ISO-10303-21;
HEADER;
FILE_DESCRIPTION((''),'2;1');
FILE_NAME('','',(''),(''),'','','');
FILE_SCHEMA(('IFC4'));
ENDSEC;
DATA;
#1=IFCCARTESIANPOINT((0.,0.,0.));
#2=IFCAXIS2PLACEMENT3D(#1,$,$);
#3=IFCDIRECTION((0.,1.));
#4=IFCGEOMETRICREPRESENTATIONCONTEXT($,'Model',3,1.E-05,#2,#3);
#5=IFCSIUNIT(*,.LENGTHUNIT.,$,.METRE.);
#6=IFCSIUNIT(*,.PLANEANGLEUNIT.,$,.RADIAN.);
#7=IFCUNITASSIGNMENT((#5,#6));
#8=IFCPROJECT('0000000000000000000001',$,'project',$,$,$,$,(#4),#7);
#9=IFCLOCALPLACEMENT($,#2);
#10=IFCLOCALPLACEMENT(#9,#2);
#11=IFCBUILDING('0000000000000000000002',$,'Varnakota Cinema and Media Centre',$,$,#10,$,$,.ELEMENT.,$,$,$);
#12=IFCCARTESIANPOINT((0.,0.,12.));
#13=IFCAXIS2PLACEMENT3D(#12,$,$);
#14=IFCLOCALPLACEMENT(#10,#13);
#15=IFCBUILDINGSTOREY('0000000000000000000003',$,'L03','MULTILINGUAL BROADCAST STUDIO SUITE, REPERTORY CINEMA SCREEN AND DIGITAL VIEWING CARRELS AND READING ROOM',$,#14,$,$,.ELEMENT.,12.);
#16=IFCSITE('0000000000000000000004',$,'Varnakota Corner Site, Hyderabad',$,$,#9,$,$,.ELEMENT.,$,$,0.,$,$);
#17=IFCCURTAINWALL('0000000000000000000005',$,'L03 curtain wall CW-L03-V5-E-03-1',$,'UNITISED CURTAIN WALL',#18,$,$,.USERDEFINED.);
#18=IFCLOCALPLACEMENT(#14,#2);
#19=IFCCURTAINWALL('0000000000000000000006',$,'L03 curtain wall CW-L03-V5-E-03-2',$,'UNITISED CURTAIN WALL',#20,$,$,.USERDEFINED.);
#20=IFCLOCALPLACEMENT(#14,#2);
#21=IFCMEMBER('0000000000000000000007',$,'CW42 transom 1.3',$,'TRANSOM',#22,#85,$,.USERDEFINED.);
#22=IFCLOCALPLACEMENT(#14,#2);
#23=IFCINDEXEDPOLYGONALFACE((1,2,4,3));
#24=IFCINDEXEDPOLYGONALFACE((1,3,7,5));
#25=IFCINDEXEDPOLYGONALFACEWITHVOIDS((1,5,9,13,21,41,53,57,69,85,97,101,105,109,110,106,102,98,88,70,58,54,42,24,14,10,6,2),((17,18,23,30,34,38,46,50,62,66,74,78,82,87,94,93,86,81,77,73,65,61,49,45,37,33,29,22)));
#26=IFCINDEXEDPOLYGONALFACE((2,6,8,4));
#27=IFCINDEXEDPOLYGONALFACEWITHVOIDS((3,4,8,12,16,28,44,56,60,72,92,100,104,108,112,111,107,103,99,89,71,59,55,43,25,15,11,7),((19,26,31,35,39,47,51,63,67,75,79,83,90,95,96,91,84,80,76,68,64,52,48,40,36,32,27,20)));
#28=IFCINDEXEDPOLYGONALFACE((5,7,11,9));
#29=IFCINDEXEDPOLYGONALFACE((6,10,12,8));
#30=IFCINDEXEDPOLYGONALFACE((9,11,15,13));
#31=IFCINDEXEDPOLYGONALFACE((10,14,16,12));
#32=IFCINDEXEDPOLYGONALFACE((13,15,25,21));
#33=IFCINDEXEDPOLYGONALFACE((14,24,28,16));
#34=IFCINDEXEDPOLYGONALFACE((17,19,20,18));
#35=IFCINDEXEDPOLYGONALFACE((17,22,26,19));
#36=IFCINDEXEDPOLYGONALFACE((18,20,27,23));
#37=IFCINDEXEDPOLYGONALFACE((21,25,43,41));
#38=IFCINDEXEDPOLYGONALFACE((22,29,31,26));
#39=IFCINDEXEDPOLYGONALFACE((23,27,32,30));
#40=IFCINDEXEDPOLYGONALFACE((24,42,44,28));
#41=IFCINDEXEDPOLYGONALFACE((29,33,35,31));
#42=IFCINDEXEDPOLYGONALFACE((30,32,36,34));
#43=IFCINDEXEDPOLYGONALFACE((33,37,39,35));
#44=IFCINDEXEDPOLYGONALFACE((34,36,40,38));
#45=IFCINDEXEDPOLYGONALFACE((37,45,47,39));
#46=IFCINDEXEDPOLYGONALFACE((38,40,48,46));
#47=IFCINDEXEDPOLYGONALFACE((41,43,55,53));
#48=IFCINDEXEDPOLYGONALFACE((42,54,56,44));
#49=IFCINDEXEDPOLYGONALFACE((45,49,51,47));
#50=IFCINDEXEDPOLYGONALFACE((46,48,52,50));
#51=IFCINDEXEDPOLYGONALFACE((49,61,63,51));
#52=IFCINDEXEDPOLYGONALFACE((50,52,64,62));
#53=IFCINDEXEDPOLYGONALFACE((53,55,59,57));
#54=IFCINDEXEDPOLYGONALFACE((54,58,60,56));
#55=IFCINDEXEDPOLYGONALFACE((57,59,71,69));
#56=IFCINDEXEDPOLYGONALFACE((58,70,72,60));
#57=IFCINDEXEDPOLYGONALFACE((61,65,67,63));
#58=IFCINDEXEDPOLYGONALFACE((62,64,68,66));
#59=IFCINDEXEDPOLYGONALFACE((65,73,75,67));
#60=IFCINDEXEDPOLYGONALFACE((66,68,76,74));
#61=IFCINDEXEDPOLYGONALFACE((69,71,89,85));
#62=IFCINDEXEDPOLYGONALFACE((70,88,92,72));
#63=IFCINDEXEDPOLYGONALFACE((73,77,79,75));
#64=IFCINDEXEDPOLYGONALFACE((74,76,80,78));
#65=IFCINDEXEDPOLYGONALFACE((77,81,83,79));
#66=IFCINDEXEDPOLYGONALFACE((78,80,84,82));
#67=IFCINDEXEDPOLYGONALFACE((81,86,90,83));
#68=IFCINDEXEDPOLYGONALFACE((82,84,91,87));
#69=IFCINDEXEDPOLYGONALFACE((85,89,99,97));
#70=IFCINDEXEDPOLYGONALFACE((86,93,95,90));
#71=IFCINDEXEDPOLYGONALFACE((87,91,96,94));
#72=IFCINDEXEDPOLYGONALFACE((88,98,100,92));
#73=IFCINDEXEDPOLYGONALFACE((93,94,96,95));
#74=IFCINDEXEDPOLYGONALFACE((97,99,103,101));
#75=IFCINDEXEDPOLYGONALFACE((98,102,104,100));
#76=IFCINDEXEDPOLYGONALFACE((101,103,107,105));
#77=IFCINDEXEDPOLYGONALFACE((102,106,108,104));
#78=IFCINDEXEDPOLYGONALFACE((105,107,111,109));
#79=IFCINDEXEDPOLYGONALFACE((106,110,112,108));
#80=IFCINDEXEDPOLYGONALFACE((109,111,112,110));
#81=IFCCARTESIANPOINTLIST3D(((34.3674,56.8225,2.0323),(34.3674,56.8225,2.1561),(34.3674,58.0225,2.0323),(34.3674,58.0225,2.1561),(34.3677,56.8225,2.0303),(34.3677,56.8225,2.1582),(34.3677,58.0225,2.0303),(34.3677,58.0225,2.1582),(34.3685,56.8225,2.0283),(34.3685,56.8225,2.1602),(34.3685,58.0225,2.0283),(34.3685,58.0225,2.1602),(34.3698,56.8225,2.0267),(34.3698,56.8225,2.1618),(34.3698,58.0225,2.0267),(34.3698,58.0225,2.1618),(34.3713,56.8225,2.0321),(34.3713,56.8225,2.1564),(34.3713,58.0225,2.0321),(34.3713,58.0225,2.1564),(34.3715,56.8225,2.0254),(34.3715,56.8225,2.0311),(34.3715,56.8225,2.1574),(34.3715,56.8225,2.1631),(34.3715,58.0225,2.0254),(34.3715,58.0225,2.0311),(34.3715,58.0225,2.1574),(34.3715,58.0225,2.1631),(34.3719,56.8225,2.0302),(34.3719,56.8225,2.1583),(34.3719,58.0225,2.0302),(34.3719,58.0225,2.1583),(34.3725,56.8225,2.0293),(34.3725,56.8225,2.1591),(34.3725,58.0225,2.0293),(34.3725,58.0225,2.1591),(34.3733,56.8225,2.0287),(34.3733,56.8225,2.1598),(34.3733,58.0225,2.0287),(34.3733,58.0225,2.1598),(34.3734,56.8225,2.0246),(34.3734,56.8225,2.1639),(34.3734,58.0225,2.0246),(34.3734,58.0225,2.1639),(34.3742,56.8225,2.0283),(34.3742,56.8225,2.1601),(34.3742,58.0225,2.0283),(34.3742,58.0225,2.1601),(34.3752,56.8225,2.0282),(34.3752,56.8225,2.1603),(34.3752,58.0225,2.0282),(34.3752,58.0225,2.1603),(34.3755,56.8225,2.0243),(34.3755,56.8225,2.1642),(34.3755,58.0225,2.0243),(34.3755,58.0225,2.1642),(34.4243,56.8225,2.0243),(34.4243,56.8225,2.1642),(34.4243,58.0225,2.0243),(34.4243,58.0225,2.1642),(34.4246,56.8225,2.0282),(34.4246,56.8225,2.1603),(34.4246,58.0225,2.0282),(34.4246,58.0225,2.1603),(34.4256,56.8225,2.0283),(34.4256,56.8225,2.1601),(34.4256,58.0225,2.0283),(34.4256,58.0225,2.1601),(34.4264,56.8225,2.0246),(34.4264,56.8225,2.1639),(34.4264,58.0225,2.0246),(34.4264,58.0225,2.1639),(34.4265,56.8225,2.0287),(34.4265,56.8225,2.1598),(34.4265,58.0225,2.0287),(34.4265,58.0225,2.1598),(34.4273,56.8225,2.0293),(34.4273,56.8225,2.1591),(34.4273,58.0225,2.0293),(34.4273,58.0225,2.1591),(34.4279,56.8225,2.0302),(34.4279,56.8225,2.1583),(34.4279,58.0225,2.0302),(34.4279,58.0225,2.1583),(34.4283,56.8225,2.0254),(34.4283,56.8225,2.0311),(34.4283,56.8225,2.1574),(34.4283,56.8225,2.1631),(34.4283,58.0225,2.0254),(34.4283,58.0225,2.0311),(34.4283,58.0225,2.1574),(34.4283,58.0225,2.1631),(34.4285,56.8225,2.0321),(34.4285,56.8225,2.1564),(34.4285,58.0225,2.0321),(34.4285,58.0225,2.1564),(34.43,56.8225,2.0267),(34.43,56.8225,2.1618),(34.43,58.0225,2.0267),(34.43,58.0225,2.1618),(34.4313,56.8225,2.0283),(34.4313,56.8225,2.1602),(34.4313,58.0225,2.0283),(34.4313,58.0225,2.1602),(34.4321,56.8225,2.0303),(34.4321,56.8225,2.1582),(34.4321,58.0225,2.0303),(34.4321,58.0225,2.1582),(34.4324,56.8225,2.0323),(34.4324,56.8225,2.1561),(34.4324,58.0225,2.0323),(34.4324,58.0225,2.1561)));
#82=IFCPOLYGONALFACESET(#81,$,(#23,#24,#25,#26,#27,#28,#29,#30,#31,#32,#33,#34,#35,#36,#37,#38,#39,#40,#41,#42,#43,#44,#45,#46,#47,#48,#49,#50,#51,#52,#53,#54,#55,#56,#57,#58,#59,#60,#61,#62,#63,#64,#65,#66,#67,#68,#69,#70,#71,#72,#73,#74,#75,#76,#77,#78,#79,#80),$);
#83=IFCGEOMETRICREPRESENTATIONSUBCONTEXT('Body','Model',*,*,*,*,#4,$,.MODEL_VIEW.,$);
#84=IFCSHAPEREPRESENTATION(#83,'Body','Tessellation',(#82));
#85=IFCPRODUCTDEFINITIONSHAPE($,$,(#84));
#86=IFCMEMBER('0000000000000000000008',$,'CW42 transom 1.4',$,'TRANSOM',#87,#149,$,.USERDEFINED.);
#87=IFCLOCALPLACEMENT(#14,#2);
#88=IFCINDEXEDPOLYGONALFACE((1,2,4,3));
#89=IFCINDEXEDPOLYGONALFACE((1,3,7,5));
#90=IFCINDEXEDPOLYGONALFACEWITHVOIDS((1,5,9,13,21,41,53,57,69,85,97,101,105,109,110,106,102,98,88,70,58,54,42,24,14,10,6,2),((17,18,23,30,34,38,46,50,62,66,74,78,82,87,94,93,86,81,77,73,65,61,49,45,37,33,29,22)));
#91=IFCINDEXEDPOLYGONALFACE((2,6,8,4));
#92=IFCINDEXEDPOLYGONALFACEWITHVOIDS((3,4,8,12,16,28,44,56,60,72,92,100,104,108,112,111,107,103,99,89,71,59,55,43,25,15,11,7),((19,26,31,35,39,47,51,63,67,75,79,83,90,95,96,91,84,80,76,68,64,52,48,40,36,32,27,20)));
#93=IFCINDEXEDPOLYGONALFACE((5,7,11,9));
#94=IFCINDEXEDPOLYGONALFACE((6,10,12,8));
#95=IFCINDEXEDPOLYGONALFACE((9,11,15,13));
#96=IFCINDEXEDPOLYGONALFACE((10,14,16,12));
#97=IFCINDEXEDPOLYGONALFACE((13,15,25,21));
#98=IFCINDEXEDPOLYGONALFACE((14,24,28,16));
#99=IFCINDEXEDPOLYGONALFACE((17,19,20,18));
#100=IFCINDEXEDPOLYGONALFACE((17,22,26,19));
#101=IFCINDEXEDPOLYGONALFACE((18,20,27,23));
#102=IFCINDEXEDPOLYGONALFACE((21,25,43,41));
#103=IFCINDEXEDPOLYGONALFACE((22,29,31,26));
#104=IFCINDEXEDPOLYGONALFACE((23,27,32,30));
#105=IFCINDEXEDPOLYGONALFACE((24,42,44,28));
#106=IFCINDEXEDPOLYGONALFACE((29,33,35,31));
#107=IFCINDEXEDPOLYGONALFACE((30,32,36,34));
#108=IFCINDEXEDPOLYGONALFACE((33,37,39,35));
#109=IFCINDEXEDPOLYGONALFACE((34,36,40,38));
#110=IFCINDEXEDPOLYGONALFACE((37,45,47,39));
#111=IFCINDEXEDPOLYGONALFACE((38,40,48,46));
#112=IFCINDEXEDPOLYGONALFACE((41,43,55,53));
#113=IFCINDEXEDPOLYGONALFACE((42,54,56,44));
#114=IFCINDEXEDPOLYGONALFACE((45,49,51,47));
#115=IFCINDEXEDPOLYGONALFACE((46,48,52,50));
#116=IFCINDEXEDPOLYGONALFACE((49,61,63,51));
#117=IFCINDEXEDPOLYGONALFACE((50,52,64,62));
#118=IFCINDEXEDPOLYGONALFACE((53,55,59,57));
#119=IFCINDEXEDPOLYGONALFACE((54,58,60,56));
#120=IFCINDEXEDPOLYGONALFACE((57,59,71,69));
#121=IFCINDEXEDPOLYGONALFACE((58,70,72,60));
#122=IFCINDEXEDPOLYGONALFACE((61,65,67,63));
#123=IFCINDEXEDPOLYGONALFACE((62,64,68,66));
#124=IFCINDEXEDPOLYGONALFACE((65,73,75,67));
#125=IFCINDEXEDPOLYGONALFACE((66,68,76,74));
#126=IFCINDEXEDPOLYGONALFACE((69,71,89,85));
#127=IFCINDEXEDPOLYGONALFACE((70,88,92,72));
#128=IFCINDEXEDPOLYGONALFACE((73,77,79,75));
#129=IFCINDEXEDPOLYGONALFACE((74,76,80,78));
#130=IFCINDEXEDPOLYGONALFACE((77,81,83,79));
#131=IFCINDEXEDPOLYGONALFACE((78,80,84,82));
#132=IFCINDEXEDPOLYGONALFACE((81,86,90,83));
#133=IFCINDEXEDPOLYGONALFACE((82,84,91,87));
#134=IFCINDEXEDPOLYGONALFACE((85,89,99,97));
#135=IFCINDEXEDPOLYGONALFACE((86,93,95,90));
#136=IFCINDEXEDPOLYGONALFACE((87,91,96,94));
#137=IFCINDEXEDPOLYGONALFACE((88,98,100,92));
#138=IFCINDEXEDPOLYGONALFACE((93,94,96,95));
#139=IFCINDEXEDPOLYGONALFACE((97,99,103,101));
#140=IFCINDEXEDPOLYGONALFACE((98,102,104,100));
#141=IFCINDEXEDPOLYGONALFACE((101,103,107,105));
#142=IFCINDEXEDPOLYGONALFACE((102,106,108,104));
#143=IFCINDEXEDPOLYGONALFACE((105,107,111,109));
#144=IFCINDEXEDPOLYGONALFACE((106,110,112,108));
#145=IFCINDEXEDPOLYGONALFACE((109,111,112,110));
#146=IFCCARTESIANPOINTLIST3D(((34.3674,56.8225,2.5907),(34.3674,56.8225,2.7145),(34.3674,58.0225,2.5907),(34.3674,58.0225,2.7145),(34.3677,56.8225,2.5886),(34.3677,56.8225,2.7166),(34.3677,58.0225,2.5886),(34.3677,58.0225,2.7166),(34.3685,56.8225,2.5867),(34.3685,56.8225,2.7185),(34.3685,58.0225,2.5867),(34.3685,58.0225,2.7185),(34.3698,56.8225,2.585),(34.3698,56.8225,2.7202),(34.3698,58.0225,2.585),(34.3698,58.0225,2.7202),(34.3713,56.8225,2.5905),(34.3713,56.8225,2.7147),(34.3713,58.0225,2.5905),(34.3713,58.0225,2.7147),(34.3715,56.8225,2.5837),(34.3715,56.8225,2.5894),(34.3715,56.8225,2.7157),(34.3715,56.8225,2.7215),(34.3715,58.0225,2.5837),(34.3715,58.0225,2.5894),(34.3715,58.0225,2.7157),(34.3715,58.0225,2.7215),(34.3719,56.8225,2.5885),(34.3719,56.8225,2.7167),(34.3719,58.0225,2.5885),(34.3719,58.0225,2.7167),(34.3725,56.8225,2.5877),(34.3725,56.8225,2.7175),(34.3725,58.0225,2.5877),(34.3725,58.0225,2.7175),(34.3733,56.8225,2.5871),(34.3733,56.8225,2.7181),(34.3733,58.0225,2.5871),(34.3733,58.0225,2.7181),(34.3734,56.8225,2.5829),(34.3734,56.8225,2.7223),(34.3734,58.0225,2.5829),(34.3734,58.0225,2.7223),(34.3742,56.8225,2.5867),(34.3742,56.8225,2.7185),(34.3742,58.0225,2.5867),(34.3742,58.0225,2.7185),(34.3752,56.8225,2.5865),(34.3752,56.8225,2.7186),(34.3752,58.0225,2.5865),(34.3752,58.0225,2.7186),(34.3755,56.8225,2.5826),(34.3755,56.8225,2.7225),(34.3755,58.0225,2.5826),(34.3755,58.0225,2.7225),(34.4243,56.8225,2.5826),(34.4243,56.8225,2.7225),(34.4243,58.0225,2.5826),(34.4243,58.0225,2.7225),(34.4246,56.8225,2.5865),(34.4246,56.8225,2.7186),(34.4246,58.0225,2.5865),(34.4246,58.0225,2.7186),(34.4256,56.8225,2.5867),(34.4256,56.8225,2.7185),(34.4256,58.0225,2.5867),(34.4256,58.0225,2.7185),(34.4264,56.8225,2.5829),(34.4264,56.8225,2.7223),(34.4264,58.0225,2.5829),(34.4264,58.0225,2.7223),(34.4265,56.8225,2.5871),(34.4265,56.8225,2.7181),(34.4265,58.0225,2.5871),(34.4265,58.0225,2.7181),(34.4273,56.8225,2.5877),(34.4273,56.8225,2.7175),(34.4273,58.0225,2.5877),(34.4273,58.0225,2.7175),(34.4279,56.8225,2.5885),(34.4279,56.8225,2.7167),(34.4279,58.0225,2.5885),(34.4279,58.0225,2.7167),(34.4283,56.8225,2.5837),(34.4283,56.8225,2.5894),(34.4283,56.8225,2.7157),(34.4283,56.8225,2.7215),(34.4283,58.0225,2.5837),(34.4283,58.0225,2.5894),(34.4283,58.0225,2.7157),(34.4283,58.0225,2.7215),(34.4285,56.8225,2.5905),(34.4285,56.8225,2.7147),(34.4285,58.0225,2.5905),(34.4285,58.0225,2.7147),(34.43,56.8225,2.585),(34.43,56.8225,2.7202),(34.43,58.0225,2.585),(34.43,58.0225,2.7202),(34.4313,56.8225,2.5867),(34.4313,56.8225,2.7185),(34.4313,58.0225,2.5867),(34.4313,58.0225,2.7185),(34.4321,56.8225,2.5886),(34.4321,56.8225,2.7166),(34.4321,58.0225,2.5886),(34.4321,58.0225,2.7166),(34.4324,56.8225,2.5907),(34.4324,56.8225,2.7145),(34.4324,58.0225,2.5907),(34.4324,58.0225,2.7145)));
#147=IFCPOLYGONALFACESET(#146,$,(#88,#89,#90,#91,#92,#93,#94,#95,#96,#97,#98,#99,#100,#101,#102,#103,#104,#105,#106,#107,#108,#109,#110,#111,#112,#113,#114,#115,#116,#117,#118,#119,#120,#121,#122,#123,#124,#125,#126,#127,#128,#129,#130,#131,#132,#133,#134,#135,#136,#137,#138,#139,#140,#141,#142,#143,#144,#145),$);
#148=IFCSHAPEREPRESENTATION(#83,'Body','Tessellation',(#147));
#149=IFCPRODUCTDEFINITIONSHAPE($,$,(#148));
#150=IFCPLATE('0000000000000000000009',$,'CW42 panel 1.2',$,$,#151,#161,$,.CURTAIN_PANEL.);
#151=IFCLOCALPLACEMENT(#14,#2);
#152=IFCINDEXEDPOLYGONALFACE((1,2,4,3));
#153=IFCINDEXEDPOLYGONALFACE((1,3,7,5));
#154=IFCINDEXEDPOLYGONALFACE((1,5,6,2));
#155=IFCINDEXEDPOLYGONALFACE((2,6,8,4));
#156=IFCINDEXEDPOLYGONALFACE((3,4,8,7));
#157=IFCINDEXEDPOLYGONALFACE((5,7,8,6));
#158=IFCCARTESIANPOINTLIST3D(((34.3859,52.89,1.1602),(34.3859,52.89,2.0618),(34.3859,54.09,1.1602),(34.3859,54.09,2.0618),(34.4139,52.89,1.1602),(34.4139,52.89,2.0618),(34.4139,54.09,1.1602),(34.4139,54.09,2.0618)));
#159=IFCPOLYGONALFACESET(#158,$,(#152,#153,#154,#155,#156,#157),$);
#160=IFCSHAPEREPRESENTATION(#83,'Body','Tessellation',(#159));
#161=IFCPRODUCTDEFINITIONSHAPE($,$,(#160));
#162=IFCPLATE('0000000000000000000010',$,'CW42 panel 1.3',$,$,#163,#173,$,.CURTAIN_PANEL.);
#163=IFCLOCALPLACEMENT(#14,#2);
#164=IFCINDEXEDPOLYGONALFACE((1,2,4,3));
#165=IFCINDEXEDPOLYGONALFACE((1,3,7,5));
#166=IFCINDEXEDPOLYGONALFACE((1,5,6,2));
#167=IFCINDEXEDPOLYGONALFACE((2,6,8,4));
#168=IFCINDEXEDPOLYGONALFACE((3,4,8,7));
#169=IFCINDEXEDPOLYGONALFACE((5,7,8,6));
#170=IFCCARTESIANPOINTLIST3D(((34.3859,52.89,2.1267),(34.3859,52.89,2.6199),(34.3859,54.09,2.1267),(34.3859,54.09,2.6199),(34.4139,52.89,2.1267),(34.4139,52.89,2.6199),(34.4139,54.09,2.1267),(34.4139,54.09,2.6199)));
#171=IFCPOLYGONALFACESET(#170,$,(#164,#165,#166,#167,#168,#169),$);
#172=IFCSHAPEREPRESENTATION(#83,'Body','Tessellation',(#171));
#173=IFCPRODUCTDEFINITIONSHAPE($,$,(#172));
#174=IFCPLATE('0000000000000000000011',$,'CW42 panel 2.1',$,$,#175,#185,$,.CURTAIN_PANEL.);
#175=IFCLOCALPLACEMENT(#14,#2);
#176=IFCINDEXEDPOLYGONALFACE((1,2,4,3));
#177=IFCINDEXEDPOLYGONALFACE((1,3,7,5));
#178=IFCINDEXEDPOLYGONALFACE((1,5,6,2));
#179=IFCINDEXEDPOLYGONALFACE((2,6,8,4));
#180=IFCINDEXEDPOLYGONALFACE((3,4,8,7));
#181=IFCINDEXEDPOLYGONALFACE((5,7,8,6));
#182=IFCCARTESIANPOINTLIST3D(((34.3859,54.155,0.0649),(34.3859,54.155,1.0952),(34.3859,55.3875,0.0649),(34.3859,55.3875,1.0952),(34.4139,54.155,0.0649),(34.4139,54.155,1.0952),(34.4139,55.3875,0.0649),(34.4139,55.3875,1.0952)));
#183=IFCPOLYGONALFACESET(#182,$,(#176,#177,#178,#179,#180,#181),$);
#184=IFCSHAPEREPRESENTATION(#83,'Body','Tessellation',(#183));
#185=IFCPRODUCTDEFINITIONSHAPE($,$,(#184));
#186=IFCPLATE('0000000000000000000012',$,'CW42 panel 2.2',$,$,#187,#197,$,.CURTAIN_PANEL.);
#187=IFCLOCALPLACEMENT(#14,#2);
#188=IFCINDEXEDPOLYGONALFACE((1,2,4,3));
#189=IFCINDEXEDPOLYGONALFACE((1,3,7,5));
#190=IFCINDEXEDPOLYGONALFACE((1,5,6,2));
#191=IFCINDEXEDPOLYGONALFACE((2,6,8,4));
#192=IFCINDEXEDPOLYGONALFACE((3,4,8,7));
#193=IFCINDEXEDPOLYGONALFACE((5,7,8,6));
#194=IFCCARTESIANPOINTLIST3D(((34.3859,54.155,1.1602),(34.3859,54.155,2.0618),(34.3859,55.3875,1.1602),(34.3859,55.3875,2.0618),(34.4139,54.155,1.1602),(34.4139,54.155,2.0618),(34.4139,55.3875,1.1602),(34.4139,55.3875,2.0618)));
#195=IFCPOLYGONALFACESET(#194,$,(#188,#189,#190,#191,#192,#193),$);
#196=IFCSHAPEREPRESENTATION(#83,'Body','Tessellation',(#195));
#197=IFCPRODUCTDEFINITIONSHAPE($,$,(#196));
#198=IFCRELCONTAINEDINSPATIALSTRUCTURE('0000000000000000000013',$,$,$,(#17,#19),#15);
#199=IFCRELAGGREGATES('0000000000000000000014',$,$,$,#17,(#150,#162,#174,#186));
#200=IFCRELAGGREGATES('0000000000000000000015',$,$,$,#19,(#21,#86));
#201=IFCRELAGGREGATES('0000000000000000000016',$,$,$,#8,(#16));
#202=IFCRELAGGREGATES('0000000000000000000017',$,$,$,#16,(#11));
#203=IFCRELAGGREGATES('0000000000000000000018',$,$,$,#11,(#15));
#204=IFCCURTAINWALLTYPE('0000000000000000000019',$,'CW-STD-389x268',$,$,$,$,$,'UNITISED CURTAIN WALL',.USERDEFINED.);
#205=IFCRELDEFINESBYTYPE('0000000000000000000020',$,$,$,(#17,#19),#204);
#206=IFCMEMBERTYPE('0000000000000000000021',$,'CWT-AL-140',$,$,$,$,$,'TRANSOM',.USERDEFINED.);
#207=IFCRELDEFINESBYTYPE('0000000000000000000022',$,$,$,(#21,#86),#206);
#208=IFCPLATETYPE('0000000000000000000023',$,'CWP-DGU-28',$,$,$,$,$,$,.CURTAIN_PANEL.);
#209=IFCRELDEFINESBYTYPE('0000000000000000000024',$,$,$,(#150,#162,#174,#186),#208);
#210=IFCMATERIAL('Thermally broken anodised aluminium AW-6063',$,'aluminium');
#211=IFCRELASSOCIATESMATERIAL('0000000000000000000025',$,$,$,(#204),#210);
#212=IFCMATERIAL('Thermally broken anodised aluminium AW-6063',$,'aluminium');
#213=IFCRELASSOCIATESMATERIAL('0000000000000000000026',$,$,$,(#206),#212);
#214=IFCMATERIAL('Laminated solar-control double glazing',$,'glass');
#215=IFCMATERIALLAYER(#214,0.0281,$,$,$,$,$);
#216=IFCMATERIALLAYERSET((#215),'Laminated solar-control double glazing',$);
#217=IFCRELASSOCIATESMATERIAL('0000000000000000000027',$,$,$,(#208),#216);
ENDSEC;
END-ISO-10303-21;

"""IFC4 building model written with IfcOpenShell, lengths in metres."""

from ifc_helpers import new_model, si_unit, direction, frame, origin, origin_2d, place, context, subcontext, project, spatial, rectangle, hollow_rectangle, extrude, material, layer, layer_set, material_profile, profile_set, type_object, element, aggregate, save


model = new_model("IFC4")

# Units and contexts
model_context = context("Model", 3, precision=1e-05, world=origin(), true_north=direction((0.0, 1.0)))
body_context = subcontext(model_context, "Body", "Model", "MODEL_VIEW")
ifc_project = project(units=[si_unit("LENGTHUNIT", "METRE"), si_unit("PLANEANGLEUNIT", "RADIAN")], contexts=[model_context])

# Site, building, storey
site_placement = place(None, origin())
site = spatial("IfcSite", under=ifc_project, at=site_placement, Name="Varnakota Corner Site, Hyderabad", CompositionType="ELEMENT", RefElevation=0.0)
building_placement = place(site_placement, origin())
building = spatial("IfcBuilding", under=site, at=building_placement, Name="Varnakota Cinema and Media Centre", CompositionType="ELEMENT")
storey_placement = place(building_placement, frame((0.0, 0.0, 12.0)))
storey = spatial("IfcBuildingStorey", under=building, at=storey_placement, Name="L03", Description="MULTILINGUAL BROADCAST STUDIO SUITE, REPERTORY CINEMA SCREEN AND DIGITAL VIEWING CARRELS AND READING ROOM", CompositionType="ELEMENT", Elevation=12.0)

# Curtain wall
ifc_material_1 = material(Name="Thermally broken anodised aluminium AW-6063", Category="aluminium")
curtain_wall_type = type_object("IfcCurtainWallType", Name="CW-STD-389x268", ElementType="UNITISED CURTAIN WALL", PredefinedType="USERDEFINED", material=ifc_material_1)
curtain_wall_1_placement = place(storey_placement, origin())
curtain_wall_1 = element("IfcCurtainWall", 1, at=curtain_wall_1_placement, inside=storey, type_object=curtain_wall_type, Name="L03 curtain wall CW-L03-V5-E-03-1", ObjectType="UNITISED CURTAIN WALL", PredefinedType="USERDEFINED")

# Curtain wall
curtain_wall_2_placement = place(storey_placement, origin())
curtain_wall_2 = element("IfcCurtainWall", 2, at=curtain_wall_2_placement, inside=storey, type_object=curtain_wall_type, Name="L03 curtain wall CW-L03-V5-E-03-2", ObjectType="UNITISED CURTAIN WALL", PredefinedType="USERDEFINED")

# Members
ifc_material_2 = material(Name="Thermally broken anodised aluminium AW-6063", Category="aluminium")
ifc_material_profile_1 = material_profile(ifc_material_2, hollow_rectangle(XDim=0.0649, YDim=0.1399, WallThickness=0.0039, InnerFilletRadius=0.0039, OuterFilletRadius=0.0081, at=origin_2d()), Name="AL-TRANSOM 140x65x4")
ifc_profile_set_1 = profile_set([ifc_material_profile_1], Name="Thermally broken anodised aluminium AW-6063")
member_type_1 = type_object("IfcMemberType", Name="CWT-AL-140", ElementType="TRANSOM", PredefinedType="USERDEFINED", material=ifc_profile_set_1)
member_1_placement = place(storey_placement, frame((34.3999, 56.8225, 2.0942), z_axis=(0.0, 1.0, 0.0), x_axis=(-1.0, 0.0, 0.0)))
member_1 = element("IfcMember", 3, at=member_1_placement, type_object=member_type_1, Name="CW42 transom 1.3", ObjectType="TRANSOM", PredefinedType="USERDEFINED", context=body_context, shape_type="SweptSolid", body=[
    extrude(hollow_rectangle(XDim=0.0649, YDim=0.1399, WallThickness=0.0039, InnerFilletRadius=0.0039, OuterFilletRadius=0.0081, at=origin_2d()), origin(), (0.0, 0.0, 1.0), 1.2),
])
member_2_placement = place(storey_placement, frame((34.3999, 56.8225, 2.6526), z_axis=(0.0, 1.0, 0.0), x_axis=(-1.0, 0.0, 0.0)))
member_2 = element("IfcMember", 4, at=member_2_placement, type_object=member_type_1, Name="CW42 transom 1.4", ObjectType="TRANSOM", PredefinedType="USERDEFINED", context=body_context, shape_type="SweptSolid", body=[
    extrude(hollow_rectangle(XDim=0.0649, YDim=0.1399, WallThickness=0.0039, InnerFilletRadius=0.0039, OuterFilletRadius=0.0081, at=origin_2d()), origin(), (0.0, 0.0, 1.0), 1.2),
])

# Plates
ifc_material_3 = material(Name="Laminated solar-control double glazing", Category="glass")
ifc_layer = layer(ifc_material_3, 0.0281)
ifc_layer_set = layer_set([ifc_layer], Name="Laminated solar-control double glazing")
plate_type = type_object("IfcPlateType", Name="CWP-DGU-28", PredefinedType="CURTAIN_PANEL", material=ifc_layer_set)
plate_1_placement = place(storey_placement, frame((34.3999, 53.49, 1.1602), z_axis=(0.0, 0.0, 1.0), x_axis=(0.0, 1.0, 0.0)))
plate_1 = element("IfcPlate", 5, at=plate_1_placement, type_object=plate_type, Name="CW42 panel 1.2", PredefinedType="CURTAIN_PANEL", context=body_context, shape_type="SweptSolid", body=[
    extrude(rectangle(XDim=1.2, YDim=0.0281, at=origin_2d()), origin(), (0.0, 0.0, 1.0), 0.9016),
])
plate_2_placement = place(storey_placement, frame((34.3999, 53.49, 2.1267), z_axis=(0.0, 0.0, 1.0), x_axis=(0.0, 1.0, 0.0)))
plate_2 = element("IfcPlate", 6, at=plate_2_placement, type_object=plate_type, Name="CW42 panel 1.3", PredefinedType="CURTAIN_PANEL", context=body_context, shape_type="SweptSolid", body=[
    extrude(rectangle(XDim=1.2, YDim=0.0281, at=origin_2d()), origin(), (0.0, 0.0, 1.0), 0.4932),
])
plate_3_placement = place(storey_placement, frame((34.3999, 54.7712, 0.0649), z_axis=(0.0, 0.0, 1.0), x_axis=(0.0, 1.0, 0.0)))
plate_3 = element("IfcPlate", 7, at=plate_3_placement, type_object=plate_type, Name="CW42 panel 2.1", PredefinedType="CURTAIN_PANEL", context=body_context, shape_type="SweptSolid", body=[
    extrude(rectangle(XDim=1.2324, YDim=0.0281, at=origin_2d()), origin(), (0.0, 0.0, 1.0), 1.0303),
])
plate_4_placement = place(storey_placement, frame((34.3999, 54.7712, 1.1602), z_axis=(0.0, 0.0, 1.0), x_axis=(0.0, 1.0, 0.0)))
plate_4 = element("IfcPlate", 8, at=plate_4_placement, type_object=plate_type, Name="CW42 panel 2.2", PredefinedType="CURTAIN_PANEL", context=body_context, shape_type="SweptSolid", body=[
    extrude(rectangle(XDim=1.2324, YDim=0.0281, at=origin_2d()), origin(), (0.0, 0.0, 1.0), 0.9016),
])
aggregate(curtain_wall_1, [plate_1, plate_2, plate_3, plate_4])
aggregate(curtain_wall_2, [member_1, member_2])

save(model, "model.ifc")
